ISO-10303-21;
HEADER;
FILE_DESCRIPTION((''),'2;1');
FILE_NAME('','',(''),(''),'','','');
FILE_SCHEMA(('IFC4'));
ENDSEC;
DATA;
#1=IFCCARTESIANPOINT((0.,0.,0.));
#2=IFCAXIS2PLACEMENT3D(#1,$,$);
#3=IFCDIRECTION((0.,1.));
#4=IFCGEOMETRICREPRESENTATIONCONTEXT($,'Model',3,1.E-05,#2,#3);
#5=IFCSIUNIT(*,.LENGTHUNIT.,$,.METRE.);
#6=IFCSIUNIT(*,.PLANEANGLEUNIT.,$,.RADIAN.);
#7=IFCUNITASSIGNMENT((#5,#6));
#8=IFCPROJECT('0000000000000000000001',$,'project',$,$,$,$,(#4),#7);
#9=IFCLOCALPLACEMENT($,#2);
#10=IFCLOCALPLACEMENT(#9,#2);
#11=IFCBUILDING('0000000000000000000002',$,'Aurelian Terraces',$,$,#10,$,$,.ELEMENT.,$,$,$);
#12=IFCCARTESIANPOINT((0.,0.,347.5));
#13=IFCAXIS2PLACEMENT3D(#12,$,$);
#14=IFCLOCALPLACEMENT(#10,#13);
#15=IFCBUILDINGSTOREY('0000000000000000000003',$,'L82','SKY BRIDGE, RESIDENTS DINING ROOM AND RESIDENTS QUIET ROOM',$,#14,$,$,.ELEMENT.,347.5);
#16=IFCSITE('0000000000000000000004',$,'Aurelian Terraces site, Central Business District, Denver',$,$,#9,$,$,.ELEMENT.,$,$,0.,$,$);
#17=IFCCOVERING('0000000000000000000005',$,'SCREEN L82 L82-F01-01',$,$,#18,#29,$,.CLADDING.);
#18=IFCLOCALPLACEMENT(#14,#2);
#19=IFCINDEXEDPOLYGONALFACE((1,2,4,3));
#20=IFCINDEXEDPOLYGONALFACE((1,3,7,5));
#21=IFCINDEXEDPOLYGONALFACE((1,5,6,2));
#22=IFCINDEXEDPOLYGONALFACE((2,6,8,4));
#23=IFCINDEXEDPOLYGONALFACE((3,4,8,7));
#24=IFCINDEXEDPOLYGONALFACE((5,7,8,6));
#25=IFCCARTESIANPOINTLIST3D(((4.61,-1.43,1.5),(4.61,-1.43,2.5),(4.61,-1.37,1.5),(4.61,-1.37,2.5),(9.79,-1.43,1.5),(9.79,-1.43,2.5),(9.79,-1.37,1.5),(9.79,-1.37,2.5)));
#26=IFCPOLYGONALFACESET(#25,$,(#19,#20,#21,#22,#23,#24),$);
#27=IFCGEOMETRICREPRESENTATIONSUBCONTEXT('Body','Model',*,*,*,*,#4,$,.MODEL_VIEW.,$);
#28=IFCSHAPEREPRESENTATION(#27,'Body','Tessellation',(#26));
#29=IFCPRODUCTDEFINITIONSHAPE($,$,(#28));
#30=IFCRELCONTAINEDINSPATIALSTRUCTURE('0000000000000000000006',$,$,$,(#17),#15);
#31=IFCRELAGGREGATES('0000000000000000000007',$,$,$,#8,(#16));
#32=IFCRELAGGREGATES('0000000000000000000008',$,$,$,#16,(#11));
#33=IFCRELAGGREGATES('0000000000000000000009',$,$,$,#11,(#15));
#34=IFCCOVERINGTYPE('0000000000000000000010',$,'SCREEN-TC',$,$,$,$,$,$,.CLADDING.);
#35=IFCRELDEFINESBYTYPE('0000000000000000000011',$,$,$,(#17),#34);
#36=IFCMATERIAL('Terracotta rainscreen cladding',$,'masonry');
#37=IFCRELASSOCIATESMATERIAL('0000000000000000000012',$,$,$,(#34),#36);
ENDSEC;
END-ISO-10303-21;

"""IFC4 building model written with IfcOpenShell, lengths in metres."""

from ifc_helpers import new_model, si_unit, direction, frame, origin, origin_2d, place, context, subcontext, project, spatial, rectangle, extrude, source, transform, mapped, material, type_object, element, save


model = new_model("IFC4")

# Units and contexts
model_context = context("Model", 3, precision=1e-05, world=origin(), true_north=direction((0.0, 1.0)))
body_context = subcontext(model_context, "Body", "Model", "MODEL_VIEW")
ifc_project = project(units=[si_unit("LENGTHUNIT", "METRE"), si_unit("PLANEANGLEUNIT", "RADIAN")], contexts=[model_context])

# Site, building, storey
site_placement = place(None, origin())
site = spatial("IfcSite", under=ifc_project, at=site_placement, Name="Aurelian Terraces site, Central Business District, Denver", CompositionType="ELEMENT", RefElevation=0.0)
building_placement = place(site_placement, origin())
building = spatial("IfcBuilding", under=site, at=building_placement, Name="Aurelian Terraces", CompositionType="ELEMENT")
storey_placement = place(building_placement, frame((0.0, 0.0, 347.5)))
storey = spatial("IfcBuildingStorey", under=building, at=storey_placement, Name="L82", Description="SKY BRIDGE, RESIDENTS DINING ROOM AND RESIDENTS QUIET ROOM", CompositionType="ELEMENT", Elevation=347.5)

# Shared definitions
ifc_material_1 = material(Name="Terracotta rainscreen cladding", Category="masonry")

# Covering
covering_type_1 = type_object("IfcCoveringType", Name="SCREEN-TC", PredefinedType="CLADDING", material=ifc_material_1)
shared_shape_1 = source(origin(), body_context, "Body", "SweptSolid", [
    extrude(rectangle(XDim=5.18, YDim=0.06, at=origin_2d()), origin(), (0.0, 0.0, 1.0), 1.0),
])
covering_1_placement = place(storey_placement, frame((7.2, -1.4, 1.5), z_axis=(0.0, 0.0, 1.0), x_axis=(1.0, 0.0, 0.0)))
element("IfcCovering", 1, at=covering_1_placement, inside=storey, type_object=covering_type_1, Name="SCREEN L82 L82-F01-01", PredefinedType="CLADDING", context=body_context, shape_type="MappedRepresentation", body=[
    mapped(shared_shape_1, transform((0.0, 0.0, 0.0), scale=1.0)),
])

save(model, "model.ifc")
